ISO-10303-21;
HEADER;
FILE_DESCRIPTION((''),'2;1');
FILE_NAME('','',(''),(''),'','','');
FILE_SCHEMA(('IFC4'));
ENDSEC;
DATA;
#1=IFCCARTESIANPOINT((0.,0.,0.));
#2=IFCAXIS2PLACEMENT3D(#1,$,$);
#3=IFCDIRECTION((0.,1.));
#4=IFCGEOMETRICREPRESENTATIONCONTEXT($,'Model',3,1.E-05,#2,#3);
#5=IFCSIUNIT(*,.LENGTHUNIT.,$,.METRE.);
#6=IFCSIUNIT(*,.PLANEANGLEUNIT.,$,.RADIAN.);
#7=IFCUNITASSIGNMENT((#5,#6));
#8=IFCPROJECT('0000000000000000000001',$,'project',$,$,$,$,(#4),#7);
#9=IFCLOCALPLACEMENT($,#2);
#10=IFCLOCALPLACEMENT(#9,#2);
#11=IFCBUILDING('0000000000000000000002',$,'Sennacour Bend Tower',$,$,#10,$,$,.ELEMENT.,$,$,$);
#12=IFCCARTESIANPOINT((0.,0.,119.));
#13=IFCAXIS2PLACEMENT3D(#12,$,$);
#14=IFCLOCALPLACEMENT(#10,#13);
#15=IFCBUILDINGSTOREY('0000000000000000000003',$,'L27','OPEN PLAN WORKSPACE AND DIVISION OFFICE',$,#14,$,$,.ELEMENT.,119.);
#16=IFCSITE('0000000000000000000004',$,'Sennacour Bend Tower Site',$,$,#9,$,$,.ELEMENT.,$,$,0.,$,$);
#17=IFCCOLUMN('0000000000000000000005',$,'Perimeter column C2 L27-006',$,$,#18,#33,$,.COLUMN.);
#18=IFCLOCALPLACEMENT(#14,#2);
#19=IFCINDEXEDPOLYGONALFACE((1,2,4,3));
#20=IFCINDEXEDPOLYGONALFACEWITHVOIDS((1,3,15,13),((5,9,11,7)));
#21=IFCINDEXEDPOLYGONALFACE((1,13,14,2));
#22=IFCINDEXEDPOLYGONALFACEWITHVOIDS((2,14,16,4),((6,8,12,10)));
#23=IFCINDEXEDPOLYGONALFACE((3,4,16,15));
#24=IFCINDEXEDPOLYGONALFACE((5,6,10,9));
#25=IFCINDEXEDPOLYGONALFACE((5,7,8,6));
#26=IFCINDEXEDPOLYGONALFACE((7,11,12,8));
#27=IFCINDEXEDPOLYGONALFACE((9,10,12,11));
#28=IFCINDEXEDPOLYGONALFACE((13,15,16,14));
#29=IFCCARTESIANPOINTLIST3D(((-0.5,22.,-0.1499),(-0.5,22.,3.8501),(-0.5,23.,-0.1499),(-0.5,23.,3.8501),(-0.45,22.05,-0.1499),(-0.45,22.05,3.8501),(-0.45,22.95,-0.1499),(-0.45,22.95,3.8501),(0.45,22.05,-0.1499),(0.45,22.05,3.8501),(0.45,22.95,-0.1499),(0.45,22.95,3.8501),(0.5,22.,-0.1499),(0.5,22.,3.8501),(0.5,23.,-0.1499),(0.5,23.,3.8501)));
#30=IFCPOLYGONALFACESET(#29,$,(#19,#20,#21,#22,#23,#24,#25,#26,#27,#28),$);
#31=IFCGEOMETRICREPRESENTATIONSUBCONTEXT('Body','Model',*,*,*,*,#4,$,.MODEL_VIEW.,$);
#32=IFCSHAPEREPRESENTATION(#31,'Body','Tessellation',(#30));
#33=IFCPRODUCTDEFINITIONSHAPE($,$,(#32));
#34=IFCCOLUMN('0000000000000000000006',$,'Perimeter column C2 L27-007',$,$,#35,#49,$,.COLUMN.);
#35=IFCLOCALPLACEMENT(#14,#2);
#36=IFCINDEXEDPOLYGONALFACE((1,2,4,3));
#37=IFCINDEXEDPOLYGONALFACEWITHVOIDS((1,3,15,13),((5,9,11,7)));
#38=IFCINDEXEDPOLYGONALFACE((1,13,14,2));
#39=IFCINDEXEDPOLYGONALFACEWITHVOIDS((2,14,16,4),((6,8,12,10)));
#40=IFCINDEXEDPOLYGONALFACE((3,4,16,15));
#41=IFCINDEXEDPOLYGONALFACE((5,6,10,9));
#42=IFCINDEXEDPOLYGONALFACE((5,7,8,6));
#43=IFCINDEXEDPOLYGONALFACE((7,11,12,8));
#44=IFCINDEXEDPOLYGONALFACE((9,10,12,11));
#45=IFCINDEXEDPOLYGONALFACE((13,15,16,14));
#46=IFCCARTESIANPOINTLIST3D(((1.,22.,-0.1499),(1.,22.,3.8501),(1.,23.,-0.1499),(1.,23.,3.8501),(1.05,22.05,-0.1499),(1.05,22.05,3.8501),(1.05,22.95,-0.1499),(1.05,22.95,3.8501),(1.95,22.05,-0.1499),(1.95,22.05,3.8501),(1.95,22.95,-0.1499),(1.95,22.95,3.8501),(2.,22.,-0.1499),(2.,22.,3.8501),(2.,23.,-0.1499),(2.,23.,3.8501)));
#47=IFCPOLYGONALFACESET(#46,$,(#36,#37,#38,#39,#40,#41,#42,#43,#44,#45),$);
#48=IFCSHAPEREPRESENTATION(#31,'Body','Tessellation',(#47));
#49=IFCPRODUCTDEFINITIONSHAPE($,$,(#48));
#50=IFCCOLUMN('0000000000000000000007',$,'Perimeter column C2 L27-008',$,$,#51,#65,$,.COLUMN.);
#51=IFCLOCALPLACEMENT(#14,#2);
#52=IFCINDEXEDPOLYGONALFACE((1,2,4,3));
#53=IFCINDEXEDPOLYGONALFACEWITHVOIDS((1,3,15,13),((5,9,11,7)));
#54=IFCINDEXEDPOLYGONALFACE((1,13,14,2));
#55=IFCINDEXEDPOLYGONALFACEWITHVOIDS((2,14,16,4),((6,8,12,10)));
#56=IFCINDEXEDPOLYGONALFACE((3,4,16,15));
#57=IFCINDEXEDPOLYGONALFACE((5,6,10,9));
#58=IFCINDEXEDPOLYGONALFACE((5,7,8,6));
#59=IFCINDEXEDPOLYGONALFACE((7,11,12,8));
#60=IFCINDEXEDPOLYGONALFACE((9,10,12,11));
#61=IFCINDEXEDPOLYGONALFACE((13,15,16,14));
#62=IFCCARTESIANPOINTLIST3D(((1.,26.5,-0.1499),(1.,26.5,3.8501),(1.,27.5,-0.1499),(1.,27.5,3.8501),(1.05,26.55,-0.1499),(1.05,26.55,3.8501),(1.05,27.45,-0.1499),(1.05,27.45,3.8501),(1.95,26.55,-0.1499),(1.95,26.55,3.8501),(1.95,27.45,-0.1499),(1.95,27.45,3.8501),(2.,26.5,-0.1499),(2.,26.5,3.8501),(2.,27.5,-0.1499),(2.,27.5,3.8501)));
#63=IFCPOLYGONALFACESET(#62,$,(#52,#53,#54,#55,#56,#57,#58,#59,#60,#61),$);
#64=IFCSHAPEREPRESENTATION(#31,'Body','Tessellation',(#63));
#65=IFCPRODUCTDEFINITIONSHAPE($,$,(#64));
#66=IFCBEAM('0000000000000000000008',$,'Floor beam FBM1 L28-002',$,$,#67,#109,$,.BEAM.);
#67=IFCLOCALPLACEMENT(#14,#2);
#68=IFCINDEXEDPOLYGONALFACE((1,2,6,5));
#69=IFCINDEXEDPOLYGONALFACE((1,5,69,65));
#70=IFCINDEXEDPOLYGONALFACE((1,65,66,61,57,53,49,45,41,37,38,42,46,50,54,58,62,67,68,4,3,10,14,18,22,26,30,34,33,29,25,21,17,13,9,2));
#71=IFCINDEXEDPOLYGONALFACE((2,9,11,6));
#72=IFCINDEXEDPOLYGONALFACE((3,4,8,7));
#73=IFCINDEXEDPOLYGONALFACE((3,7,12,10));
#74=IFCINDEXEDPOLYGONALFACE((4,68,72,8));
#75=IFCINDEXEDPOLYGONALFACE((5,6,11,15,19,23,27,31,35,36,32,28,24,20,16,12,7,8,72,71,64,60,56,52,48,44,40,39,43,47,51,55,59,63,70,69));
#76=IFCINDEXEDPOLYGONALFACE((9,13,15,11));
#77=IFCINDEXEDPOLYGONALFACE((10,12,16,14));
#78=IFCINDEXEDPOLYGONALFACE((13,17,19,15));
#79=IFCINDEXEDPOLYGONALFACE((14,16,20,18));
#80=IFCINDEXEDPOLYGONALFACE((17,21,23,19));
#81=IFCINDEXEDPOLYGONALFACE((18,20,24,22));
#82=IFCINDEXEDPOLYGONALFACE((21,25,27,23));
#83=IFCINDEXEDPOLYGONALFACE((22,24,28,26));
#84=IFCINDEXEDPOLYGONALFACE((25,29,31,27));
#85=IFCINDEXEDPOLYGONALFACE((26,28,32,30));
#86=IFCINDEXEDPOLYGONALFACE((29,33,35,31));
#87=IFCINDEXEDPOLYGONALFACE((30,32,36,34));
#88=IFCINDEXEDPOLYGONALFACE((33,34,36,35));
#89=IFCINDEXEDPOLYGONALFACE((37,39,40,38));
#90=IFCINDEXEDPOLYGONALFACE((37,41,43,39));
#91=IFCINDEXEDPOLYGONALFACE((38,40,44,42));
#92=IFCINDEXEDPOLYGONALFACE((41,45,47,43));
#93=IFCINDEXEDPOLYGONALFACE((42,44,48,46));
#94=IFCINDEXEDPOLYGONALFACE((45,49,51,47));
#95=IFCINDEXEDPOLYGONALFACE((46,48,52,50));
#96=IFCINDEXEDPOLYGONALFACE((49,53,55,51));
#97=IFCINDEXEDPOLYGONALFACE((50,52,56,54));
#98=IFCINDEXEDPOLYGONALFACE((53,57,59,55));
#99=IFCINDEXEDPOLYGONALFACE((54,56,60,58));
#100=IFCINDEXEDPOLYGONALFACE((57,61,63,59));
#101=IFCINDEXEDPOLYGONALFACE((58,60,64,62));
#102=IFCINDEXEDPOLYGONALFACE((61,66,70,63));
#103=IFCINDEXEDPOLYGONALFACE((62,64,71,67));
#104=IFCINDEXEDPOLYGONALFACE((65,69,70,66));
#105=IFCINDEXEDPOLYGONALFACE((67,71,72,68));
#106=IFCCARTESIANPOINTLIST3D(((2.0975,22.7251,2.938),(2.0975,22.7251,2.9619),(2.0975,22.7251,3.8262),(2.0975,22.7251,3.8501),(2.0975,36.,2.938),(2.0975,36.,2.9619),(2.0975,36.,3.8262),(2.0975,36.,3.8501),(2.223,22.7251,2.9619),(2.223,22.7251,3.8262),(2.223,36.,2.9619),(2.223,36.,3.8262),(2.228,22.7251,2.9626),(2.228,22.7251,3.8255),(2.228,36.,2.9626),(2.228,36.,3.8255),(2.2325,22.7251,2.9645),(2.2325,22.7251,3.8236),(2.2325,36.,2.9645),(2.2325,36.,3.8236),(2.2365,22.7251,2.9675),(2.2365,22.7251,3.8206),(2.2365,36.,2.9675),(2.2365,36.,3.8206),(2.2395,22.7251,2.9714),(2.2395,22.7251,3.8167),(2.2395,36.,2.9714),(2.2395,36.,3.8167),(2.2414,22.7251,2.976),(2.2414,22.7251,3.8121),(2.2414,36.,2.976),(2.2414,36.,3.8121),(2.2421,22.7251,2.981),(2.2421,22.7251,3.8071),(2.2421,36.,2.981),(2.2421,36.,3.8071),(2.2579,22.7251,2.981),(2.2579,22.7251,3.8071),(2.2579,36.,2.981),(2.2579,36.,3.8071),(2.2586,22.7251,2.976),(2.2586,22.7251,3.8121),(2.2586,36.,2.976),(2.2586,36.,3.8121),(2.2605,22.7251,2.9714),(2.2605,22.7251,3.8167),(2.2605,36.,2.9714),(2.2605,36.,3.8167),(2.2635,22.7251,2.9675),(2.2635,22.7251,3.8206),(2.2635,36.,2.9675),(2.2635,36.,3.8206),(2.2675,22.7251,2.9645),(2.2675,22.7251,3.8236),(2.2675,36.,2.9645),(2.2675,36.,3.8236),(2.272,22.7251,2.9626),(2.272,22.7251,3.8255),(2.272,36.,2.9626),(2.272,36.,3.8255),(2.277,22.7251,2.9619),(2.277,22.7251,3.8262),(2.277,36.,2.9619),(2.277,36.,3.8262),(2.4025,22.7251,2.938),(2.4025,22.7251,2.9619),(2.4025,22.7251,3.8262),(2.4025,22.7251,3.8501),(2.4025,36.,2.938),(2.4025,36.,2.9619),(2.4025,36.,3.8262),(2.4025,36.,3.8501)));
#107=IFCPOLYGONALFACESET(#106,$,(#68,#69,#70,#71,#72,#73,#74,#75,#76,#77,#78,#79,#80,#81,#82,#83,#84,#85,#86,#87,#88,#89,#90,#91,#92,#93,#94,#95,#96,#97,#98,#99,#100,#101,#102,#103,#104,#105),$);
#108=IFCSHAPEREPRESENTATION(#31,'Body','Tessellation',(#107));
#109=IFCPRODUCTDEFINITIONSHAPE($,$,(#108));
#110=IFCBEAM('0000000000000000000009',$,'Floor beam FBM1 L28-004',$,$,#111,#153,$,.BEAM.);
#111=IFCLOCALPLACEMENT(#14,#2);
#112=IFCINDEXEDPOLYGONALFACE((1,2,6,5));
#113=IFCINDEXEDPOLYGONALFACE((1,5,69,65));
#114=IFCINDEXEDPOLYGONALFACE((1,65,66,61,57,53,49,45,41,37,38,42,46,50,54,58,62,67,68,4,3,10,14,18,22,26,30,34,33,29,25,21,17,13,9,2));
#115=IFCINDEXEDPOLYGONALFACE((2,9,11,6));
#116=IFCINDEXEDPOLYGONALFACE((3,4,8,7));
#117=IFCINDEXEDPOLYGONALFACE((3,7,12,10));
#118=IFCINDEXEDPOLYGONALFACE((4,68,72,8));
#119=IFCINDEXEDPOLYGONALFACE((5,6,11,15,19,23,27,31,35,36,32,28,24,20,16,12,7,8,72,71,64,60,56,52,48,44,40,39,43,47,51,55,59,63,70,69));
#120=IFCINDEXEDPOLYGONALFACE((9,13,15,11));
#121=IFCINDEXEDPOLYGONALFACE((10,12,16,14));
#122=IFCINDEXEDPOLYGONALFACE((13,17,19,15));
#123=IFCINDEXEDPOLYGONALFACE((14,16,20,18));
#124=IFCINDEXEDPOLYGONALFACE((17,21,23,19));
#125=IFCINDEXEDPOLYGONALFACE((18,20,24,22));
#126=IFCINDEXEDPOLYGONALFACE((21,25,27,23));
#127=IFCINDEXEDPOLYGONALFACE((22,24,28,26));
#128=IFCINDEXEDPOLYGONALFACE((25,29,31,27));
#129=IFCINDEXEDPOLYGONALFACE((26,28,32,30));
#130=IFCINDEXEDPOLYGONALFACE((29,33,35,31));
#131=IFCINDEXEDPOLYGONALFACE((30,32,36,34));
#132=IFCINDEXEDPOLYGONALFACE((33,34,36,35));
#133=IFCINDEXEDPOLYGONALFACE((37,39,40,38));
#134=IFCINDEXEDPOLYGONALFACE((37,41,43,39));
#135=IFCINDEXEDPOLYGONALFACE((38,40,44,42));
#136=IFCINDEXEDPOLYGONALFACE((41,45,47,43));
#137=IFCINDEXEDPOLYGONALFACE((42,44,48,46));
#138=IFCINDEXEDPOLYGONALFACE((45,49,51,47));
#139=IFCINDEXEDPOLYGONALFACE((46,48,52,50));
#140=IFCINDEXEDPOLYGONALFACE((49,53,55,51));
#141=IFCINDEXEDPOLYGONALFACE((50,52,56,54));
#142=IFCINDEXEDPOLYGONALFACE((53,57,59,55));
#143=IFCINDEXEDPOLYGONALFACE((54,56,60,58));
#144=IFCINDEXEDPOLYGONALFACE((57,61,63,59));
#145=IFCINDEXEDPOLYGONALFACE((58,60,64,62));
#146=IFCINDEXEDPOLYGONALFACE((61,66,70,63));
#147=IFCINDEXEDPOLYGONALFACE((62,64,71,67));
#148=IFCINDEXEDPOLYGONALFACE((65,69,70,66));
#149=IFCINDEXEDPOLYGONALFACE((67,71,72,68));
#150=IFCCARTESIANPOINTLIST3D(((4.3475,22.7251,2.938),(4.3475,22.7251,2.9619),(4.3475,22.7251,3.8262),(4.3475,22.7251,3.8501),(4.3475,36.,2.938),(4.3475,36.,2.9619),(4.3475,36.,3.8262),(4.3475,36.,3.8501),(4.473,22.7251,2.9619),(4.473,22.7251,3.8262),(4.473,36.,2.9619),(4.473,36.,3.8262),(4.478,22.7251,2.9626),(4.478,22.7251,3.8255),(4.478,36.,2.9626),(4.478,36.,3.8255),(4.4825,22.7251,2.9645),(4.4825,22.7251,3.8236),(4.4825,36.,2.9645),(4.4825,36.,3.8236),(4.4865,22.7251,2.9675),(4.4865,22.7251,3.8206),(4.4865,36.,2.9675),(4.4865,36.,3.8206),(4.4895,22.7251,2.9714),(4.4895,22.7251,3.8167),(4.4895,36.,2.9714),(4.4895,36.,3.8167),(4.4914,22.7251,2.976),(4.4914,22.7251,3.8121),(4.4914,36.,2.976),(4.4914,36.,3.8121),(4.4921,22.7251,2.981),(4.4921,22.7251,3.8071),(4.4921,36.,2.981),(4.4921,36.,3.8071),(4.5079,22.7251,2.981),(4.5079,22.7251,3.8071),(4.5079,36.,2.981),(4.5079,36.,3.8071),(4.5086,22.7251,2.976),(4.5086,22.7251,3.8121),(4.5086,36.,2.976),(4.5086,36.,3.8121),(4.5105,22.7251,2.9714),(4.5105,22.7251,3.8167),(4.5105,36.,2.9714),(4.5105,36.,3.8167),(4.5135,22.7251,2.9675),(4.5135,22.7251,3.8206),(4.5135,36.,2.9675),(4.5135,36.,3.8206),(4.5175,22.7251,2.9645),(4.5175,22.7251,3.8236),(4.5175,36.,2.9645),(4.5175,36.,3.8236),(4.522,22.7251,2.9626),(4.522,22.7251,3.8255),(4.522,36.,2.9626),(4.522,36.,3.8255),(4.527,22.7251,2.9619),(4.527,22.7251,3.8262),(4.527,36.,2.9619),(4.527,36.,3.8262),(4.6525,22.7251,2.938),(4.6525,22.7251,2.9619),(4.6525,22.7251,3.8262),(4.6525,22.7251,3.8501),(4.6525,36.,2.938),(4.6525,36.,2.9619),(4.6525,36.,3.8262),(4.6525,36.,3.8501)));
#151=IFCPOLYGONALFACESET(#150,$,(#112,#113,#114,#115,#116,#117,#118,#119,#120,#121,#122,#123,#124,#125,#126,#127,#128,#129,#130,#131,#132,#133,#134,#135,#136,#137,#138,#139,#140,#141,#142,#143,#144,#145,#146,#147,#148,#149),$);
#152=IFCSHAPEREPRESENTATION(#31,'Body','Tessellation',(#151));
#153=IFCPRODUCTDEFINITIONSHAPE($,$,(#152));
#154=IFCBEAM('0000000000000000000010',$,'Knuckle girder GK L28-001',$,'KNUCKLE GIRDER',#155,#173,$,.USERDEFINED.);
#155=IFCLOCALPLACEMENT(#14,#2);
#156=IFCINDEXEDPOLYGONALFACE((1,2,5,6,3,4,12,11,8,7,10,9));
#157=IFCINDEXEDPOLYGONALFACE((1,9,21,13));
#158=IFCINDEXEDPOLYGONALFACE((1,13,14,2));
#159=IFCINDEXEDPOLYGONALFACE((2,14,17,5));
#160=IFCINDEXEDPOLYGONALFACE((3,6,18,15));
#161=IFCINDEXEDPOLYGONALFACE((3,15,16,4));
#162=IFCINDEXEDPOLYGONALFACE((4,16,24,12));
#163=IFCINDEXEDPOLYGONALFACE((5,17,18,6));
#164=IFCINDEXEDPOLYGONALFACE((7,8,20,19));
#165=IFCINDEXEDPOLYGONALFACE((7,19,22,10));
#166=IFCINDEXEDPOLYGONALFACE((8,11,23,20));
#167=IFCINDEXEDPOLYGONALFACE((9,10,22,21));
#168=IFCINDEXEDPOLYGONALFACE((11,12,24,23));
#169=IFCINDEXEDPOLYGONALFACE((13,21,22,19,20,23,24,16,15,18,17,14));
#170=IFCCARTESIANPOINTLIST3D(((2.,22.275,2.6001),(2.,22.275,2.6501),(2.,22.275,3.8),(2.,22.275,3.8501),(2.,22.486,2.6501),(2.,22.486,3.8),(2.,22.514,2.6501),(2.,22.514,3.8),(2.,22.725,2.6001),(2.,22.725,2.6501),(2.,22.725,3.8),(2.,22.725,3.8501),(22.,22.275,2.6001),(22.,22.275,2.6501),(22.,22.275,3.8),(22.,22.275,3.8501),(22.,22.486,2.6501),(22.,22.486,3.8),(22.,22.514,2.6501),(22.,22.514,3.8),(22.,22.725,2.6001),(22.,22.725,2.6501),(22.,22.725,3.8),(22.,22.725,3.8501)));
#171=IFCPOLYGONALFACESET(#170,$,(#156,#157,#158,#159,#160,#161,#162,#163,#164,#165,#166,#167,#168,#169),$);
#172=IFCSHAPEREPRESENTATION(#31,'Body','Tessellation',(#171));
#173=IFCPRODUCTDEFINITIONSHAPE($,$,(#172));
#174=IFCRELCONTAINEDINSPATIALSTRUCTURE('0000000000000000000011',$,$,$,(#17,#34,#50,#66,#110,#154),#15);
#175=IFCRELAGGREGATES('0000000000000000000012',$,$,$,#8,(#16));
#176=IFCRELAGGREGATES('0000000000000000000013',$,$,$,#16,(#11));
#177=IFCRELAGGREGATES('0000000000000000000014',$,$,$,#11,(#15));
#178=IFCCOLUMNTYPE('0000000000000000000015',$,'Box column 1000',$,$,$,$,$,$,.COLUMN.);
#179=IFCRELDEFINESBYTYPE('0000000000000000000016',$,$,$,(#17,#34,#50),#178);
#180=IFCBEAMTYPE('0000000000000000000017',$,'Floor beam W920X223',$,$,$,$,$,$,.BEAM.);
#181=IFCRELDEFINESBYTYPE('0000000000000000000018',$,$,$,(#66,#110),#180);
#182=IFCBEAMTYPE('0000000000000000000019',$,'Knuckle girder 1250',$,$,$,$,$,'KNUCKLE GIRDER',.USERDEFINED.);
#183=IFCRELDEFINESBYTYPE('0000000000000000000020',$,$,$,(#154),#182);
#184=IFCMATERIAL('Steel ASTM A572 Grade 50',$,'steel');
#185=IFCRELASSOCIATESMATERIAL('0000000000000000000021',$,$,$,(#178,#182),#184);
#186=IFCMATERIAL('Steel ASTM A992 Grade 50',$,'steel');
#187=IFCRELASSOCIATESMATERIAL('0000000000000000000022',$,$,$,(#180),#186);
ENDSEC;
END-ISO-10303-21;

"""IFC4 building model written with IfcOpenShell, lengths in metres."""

from ifc_helpers import new_model, si_unit, direction, frame, origin, origin_2d, place, context, subcontext, project, spatial, hollow_rectangle, i_section, extrude, material, material_profile, profile_set, type_object, element, save


model = new_model("IFC4")

# Units and contexts
model_context = context("Model", 3, precision=1e-05, world=origin(), true_north=direction((0.0, 1.0)))
body_context = subcontext(model_context, "Body", "Model", "MODEL_VIEW")
ifc_project = project(units=[si_unit("LENGTHUNIT", "METRE"), si_unit("PLANEANGLEUNIT", "RADIAN")], contexts=[model_context])

# Site, building, storey
site_placement = place(None, origin())
site = spatial("IfcSite", under=ifc_project, at=site_placement, Name="Sennacour Bend Tower Site", CompositionType="ELEMENT", RefElevation=0.0)
building_placement = place(site_placement, origin())
building = spatial("IfcBuilding", under=site, at=building_placement, Name="Sennacour Bend Tower", CompositionType="ELEMENT")
storey_placement = place(building_placement, frame((0.0, 0.0, 119.0)))
storey = spatial("IfcBuildingStorey", under=building, at=storey_placement, Name="L27", Description="OPEN PLAN WORKSPACE AND DIVISION OFFICE", CompositionType="ELEMENT", Elevation=119.0)

# Columns
ifc_material_1 = material(Name="Steel ASTM A572 Grade 50", Category="steel")
ifc_material_profile_1 = material_profile(ifc_material_1, hollow_rectangle(XDim=1.0, YDim=1.0, WallThickness=0.05, at=origin_2d()), Name="Steel ASTM A572 Grade 50", Category="steel")
ifc_profile_set_1 = profile_set([ifc_material_profile_1], Name="Steel ASTM A572 Grade 50")
column_type = type_object("IfcColumnType", Name="Box column 1000", PredefinedType="COLUMN", material=ifc_profile_set_1)
for number, where, z_axis, x_axis, name in (
    (1, (0.0, 22.5, -0.1499), (0.0, 0.0, 1.0), (1.0, 0.0, 0.0), "Perimeter column C2 L27-006"),
    (2, (1.5, 22.5, -0.1499), (0.0, 0.0, 1.0), (1.0, 0.0, 0.0), "Perimeter column C2 L27-007"),
    (3, (1.5, 27.0, -0.1499), (0.0, 0.0, 1.0), (1.0, 0.0, 0.0), "Perimeter column C2 L27-008"),
):
    element("IfcColumn", number, at=place(storey_placement, frame(where, z_axis=z_axis, x_axis=x_axis)), inside=storey, type_object=column_type, Name=name, PredefinedType="COLUMN", context=body_context, shape_type="SweptSolid", body=[
        extrude(hollow_rectangle(XDim=1.0, YDim=1.0, WallThickness=0.05, at=origin_2d()), origin(), (0.0, 0.0, 1.0), 4.0),
    ])

# Beams
ifc_material_2 = material(Name="Steel ASTM A992 Grade 50", Category="steel")
ifc_material_profile_2 = material_profile(ifc_material_2, i_section(OverallWidth=0.3049, OverallDepth=0.9121, WebThickness=0.0159, FlangeThickness=0.0239, FilletRadius=0.019, at=origin_2d()), Name="Steel ASTM A992 Grade 50", Category="steel")
ifc_profile_set_2 = profile_set([ifc_material_profile_2], Name="Steel ASTM A992 Grade 50")
beam_type_1 = type_object("IfcBeamType", Name="Floor beam W920X223", PredefinedType="BEAM", material=ifc_profile_set_2)
for number, where, z_axis, x_axis, name in (
    (4, (2.25, 22.7251, 3.394), (0.0, 1.0, 0.0), (-1.0, 0.0, 0.0), "Floor beam FBM1 L28-002"),
    (5, (4.5, 22.7251, 3.394), (0.0, 1.0, 0.0), (-1.0, 0.0, 0.0), "Floor beam FBM1 L28-004"),
):
    element("IfcBeam", number, at=place(storey_placement, frame(where, z_axis=z_axis, x_axis=x_axis)), inside=storey, type_object=beam_type_1, Name=name, PredefinedType="BEAM", context=body_context, shape_type="SweptSolid", body=[
        extrude(i_section(OverallWidth=0.3049, OverallDepth=0.9121, WebThickness=0.0159, FlangeThickness=0.0239, FilletRadius=0.019, at=origin_2d()), origin(), (0.0, 0.0, 1.0), 13.2749),
    ])
ifc_material_profile_3 = material_profile(ifc_material_1, i_section(OverallWidth=0.45, OverallDepth=1.25, WebThickness=0.0281, FlangeThickness=0.05, at=origin_2d()), Name="Steel ASTM A572 Grade 50", Category="steel")
ifc_profile_set_3 = profile_set([ifc_material_profile_3], Name="Steel ASTM A572 Grade 50")
beam_type_2 = type_object("IfcBeamType", Name="Knuckle girder 1250", ElementType="KNUCKLE GIRDER", PredefinedType="USERDEFINED", material=ifc_profile_set_3)
beam_1_placement = place(storey_placement, frame((2.0, 22.5, 3.2251), z_axis=(1.0, 0.0, 0.0), x_axis=(0.0, 1.0, 0.0)))
element("IfcBeam", 6, at=beam_1_placement, inside=storey, type_object=beam_type_2, Name="Knuckle girder GK L28-001", ObjectType="KNUCKLE GIRDER", PredefinedType="USERDEFINED", context=body_context, shape_type="SweptSolid", body=[
    extrude(i_section(OverallWidth=0.45, OverallDepth=1.25, WebThickness=0.0281, FlangeThickness=0.05, at=origin_2d()), origin(), (0.0, 0.0, 1.0), 20.0),
])

save(model, "model.ifc")
